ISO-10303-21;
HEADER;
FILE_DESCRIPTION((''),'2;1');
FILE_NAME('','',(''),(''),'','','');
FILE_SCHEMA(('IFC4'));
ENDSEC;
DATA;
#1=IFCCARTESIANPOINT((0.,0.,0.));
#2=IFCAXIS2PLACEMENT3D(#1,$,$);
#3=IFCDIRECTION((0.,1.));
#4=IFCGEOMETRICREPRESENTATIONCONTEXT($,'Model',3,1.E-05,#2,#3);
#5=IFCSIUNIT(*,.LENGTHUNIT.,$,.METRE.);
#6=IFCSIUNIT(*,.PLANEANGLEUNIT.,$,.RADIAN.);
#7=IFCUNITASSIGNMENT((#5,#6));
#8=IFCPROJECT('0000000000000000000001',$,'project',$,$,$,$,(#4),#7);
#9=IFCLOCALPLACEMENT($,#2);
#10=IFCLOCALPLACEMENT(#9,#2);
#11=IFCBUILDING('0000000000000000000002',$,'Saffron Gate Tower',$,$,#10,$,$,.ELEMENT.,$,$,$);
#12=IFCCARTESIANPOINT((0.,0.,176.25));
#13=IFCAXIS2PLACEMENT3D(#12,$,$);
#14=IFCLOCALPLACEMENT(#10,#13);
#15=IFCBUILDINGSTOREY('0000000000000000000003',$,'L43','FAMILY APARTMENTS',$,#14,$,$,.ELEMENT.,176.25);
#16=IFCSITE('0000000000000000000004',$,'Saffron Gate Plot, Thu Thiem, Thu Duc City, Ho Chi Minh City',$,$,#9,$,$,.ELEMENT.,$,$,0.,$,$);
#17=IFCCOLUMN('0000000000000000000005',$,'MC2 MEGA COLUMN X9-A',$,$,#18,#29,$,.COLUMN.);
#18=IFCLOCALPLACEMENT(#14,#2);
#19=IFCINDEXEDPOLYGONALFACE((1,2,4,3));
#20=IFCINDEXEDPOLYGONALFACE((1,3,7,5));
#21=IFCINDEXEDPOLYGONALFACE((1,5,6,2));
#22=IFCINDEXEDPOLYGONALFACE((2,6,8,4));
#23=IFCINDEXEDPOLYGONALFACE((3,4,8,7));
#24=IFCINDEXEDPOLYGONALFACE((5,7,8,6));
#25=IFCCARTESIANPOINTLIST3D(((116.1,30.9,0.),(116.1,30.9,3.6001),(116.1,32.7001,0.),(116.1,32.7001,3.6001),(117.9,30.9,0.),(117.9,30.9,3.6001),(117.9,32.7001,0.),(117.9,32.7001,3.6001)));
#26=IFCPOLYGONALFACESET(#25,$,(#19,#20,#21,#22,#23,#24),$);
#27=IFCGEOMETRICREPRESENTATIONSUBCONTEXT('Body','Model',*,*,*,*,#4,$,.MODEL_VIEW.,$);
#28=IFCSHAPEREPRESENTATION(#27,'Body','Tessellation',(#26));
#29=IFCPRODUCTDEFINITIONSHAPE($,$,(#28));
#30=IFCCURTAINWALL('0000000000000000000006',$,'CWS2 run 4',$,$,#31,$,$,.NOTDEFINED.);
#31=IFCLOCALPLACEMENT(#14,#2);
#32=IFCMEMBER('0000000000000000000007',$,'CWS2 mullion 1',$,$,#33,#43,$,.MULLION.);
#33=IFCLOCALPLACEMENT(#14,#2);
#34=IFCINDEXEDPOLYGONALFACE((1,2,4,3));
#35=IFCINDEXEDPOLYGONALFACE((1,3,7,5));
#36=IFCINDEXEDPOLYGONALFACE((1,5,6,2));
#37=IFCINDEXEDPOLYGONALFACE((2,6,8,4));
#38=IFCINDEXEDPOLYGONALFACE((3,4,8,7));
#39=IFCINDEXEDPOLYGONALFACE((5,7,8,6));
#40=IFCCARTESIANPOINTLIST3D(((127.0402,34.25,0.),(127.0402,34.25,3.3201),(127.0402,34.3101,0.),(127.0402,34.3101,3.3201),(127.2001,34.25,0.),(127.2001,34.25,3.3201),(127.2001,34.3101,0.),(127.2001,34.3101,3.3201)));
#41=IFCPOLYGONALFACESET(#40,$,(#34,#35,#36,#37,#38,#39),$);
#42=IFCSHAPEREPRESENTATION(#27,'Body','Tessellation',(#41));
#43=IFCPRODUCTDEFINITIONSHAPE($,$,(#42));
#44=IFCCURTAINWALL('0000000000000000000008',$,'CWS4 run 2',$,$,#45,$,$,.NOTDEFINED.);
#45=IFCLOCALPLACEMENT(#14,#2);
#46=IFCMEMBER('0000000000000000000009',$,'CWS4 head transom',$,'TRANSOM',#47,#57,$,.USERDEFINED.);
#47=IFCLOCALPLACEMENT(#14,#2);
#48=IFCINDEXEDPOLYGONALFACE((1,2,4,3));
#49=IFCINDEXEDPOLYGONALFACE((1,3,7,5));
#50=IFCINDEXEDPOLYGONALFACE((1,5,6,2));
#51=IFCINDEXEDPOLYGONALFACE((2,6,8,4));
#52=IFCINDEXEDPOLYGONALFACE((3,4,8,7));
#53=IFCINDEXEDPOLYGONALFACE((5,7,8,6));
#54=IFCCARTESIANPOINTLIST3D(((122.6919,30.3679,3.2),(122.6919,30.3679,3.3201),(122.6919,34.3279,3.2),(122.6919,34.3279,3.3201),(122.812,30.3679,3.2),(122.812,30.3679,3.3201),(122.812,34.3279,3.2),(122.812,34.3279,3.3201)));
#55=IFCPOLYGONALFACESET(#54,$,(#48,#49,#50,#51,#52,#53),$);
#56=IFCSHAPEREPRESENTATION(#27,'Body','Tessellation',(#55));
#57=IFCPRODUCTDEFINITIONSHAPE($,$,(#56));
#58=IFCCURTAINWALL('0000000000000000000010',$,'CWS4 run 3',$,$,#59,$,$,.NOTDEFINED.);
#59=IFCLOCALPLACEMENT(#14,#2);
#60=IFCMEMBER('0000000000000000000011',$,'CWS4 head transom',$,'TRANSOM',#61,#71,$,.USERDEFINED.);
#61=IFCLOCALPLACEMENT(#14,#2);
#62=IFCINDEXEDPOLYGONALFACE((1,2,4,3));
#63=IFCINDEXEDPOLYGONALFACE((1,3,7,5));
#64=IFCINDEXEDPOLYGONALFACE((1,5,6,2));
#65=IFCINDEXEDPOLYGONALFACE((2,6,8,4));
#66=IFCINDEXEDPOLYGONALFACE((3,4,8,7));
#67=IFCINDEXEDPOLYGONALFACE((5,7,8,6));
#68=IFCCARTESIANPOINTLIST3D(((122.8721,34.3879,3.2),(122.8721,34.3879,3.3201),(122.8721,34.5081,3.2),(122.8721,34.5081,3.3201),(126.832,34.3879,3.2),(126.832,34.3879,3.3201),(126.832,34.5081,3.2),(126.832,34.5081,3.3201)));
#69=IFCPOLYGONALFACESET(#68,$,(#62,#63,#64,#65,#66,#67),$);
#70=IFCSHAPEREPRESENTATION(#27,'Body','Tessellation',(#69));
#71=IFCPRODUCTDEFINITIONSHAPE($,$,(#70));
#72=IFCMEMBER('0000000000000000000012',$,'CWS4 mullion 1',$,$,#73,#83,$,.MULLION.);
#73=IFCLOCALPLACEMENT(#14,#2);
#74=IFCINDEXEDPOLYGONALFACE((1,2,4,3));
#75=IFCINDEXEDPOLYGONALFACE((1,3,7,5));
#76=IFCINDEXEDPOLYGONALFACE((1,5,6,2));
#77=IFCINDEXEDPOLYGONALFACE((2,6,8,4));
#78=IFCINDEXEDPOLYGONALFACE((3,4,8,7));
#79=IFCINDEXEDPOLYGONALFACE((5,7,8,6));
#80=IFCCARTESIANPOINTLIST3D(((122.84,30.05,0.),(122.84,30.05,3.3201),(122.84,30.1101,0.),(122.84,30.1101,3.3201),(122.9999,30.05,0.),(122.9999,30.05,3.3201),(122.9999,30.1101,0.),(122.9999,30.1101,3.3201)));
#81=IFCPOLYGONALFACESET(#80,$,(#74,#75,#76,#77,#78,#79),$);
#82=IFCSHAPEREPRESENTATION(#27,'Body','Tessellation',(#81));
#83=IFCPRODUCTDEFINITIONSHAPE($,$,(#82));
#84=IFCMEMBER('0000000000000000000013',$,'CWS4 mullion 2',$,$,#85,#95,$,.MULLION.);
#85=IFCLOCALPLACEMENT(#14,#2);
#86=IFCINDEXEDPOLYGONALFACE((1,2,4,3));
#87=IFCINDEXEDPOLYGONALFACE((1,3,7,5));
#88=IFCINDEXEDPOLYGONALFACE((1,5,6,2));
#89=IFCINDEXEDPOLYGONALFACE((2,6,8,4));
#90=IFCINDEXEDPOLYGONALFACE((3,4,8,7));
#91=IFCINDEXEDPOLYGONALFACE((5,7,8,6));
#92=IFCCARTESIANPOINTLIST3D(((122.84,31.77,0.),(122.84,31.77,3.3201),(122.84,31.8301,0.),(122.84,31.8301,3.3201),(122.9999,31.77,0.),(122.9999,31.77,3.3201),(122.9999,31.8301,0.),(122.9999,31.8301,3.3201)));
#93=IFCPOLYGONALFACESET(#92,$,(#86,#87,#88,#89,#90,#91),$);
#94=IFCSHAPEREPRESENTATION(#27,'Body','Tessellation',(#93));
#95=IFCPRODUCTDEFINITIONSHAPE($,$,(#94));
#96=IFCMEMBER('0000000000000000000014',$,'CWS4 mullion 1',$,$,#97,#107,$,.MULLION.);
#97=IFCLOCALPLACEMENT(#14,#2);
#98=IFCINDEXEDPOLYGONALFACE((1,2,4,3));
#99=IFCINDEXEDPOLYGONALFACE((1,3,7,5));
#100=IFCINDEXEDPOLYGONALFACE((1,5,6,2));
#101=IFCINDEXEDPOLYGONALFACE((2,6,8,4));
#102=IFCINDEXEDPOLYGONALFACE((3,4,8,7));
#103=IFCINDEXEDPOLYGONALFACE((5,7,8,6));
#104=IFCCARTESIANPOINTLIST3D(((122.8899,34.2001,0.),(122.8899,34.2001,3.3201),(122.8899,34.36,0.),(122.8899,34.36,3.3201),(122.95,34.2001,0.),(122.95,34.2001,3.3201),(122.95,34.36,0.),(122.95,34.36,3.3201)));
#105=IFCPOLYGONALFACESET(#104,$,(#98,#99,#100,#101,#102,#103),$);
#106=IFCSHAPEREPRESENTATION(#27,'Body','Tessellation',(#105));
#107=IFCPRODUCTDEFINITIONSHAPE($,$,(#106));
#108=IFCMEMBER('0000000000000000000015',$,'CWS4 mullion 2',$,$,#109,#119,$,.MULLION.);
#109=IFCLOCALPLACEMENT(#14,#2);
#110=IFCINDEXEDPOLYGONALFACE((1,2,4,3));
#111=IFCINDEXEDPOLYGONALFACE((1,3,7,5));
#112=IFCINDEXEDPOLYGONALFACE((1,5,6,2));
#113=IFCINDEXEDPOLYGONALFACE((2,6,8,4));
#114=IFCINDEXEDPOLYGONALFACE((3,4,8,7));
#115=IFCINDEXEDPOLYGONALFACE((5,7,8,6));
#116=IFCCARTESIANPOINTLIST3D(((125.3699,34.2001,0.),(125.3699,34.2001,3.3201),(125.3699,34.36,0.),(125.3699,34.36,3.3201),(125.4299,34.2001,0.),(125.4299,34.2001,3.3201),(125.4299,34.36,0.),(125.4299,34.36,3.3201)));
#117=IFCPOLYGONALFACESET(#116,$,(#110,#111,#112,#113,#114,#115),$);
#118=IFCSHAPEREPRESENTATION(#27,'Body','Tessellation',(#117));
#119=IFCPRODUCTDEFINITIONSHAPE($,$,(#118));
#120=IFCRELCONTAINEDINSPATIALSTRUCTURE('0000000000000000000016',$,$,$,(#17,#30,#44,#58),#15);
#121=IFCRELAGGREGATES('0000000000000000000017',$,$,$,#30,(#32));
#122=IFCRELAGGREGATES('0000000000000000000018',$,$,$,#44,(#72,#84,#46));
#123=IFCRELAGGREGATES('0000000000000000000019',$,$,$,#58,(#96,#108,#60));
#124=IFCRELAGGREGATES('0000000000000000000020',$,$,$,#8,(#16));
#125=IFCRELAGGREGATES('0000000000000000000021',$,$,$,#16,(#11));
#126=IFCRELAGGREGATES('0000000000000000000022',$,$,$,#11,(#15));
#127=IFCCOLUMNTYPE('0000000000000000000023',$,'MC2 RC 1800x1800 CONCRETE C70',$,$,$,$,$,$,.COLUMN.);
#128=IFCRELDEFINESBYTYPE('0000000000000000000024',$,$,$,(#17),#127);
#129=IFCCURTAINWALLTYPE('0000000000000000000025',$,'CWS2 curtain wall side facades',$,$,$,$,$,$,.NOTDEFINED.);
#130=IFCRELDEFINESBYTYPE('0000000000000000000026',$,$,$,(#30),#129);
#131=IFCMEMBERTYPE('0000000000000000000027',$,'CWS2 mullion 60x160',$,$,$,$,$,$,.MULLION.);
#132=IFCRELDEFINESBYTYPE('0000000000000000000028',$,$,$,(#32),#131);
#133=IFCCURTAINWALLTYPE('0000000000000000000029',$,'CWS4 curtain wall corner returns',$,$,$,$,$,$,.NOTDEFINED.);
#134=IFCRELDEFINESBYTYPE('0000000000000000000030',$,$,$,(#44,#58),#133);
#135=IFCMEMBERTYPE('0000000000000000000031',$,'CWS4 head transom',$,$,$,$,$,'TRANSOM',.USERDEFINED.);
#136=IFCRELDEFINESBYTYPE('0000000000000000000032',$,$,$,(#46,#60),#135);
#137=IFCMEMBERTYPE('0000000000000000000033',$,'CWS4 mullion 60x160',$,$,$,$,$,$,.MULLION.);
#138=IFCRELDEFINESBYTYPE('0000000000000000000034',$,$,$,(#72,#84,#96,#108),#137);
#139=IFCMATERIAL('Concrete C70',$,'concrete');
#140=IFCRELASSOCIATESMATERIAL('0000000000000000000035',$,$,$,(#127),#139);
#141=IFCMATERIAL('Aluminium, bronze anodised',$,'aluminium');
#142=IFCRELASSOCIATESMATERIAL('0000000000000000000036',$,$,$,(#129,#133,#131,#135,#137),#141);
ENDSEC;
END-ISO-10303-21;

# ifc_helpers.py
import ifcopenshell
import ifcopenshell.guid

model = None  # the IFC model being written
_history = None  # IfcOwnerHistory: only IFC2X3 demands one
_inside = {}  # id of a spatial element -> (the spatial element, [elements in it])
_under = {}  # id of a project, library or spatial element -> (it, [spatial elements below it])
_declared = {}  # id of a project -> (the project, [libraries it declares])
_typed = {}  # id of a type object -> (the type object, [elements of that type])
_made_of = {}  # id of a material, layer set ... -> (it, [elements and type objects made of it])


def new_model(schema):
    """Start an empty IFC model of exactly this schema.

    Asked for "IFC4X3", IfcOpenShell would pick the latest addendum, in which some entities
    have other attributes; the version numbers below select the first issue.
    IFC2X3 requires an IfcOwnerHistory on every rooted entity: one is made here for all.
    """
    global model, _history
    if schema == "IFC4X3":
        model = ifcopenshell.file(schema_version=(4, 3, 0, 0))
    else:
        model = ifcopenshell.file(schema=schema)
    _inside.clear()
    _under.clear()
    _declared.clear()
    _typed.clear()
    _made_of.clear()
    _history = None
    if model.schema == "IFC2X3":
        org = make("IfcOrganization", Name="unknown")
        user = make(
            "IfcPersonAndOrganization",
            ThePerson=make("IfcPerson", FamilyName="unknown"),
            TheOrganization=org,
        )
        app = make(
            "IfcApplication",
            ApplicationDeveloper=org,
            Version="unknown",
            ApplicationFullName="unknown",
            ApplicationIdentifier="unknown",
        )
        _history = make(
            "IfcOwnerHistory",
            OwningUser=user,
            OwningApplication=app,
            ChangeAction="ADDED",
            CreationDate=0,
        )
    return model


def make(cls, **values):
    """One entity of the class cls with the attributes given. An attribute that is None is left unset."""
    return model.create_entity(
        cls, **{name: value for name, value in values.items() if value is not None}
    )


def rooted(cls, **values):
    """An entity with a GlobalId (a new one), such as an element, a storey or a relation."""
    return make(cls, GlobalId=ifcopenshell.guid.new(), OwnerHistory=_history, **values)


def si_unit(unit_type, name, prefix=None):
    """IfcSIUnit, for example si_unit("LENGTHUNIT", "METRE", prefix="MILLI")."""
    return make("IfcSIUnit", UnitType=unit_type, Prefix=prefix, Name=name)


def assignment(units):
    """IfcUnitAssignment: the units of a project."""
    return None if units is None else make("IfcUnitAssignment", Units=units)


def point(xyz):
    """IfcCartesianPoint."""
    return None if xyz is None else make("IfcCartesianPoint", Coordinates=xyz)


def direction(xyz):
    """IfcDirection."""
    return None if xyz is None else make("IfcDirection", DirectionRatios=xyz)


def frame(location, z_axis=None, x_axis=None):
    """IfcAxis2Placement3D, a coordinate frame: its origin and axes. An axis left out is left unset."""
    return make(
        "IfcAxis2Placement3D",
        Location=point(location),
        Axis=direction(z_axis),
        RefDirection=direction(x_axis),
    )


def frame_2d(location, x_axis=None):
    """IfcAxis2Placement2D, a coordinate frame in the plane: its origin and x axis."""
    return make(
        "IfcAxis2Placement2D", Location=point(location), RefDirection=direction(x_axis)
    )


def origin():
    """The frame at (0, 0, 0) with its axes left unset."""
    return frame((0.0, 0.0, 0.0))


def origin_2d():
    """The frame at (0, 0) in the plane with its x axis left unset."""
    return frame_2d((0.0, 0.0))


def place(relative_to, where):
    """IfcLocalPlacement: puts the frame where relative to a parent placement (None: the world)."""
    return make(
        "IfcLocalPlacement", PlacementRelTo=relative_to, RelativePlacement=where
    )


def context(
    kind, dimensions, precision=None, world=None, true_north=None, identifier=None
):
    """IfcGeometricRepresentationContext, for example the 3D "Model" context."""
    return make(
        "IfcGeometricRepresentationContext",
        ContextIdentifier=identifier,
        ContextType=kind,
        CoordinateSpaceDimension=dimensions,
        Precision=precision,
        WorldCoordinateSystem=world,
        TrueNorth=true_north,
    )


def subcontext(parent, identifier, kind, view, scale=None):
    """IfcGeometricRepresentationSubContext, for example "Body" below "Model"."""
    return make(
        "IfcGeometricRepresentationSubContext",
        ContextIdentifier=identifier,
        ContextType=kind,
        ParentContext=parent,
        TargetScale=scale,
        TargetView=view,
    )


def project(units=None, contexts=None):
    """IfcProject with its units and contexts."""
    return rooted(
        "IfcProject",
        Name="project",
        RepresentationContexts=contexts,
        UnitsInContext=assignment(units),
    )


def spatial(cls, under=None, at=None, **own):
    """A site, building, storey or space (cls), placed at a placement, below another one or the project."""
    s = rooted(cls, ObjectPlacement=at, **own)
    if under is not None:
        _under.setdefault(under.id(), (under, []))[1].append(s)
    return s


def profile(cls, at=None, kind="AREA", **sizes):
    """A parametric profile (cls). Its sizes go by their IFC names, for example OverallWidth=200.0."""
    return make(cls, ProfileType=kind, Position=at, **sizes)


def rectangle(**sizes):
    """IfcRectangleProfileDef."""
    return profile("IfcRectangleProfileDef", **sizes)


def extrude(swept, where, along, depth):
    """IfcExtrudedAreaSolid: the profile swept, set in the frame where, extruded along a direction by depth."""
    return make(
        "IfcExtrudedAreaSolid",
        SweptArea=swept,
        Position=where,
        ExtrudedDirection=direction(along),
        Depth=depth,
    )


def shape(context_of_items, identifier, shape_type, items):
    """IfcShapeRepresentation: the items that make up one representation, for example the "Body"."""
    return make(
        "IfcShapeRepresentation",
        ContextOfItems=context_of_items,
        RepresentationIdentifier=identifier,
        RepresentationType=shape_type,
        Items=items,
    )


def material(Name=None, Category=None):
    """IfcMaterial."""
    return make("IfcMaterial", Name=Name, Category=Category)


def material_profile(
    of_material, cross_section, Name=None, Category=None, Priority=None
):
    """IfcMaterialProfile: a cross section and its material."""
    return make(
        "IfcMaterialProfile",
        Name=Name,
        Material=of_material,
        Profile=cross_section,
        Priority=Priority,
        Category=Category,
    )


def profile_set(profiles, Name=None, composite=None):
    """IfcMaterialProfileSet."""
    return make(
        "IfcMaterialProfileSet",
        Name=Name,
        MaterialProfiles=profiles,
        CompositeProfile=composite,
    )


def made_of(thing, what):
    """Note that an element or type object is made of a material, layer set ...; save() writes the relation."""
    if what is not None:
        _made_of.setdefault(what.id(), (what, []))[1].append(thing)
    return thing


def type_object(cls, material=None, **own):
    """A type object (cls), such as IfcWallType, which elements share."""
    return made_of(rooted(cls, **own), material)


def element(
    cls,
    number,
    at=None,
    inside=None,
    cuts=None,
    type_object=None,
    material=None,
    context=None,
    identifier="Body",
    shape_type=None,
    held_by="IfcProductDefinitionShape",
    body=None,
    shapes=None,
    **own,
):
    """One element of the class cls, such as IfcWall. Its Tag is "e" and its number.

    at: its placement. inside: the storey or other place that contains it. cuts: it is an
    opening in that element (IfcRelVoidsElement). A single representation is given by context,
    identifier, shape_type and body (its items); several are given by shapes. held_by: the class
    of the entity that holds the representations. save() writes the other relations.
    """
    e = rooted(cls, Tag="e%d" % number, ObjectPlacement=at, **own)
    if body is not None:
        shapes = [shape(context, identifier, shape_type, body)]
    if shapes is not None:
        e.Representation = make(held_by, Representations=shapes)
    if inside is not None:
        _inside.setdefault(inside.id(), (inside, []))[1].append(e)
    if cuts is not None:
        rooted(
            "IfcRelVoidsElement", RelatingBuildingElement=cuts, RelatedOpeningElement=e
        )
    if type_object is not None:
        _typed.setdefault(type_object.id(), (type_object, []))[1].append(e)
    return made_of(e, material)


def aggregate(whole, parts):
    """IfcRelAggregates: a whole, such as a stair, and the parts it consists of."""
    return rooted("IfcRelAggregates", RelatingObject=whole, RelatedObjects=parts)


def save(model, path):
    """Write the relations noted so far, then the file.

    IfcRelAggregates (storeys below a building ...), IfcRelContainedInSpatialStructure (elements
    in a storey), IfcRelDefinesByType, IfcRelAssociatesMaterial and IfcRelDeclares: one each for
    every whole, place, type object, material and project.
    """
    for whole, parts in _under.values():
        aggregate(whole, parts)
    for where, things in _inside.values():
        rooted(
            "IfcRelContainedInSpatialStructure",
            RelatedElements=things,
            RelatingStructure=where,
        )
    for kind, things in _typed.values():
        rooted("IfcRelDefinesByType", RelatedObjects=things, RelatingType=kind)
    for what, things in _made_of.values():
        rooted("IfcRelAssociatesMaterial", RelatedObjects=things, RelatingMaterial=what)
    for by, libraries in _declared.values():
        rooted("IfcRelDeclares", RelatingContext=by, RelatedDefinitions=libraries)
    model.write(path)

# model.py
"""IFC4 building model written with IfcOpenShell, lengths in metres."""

from ifc_helpers import new_model, si_unit, direction, frame, origin, origin_2d, place, context, subcontext, project, spatial, rectangle, extrude, material, material_profile, profile_set, type_object, element, aggregate, save


model = new_model("IFC4")

# Units and contexts
model_context = context("Model", 3, precision=1e-05, world=origin(), true_north=direction((0.0, 1.0)))
body_context = subcontext(model_context, "Body", "Model", "MODEL_VIEW")
ifc_project = project(units=[si_unit("LENGTHUNIT", "METRE"), si_unit("PLANEANGLEUNIT", "RADIAN")], contexts=[model_context])

# Site, building, storey
site_placement = place(None, origin())
site = spatial("IfcSite", under=ifc_project, at=site_placement, Name="Saffron Gate Plot, Thu Thiem, Thu Duc City, Ho Chi Minh City", CompositionType="ELEMENT", RefElevation=0.0)
building_placement = place(site_placement, origin())
building = spatial("IfcBuilding", under=site, at=building_placement, Name="Saffron Gate Tower", CompositionType="ELEMENT")
storey_placement = place(building_placement, frame((0.0, 0.0, 176.25)))
storey = spatial("IfcBuildingStorey", under=building, at=storey_placement, Name="L43", Description="FAMILY APARTMENTS", CompositionType="ELEMENT", Elevation=176.25)

# Column
ifc_material_1 = material(Name="Concrete C70", Category="concrete")
ifc_material_profile_1 = material_profile(ifc_material_1, rectangle(XDim=1.8, YDim=1.8, at=origin_2d()))
ifc_profile_set_1 = profile_set([ifc_material_profile_1], Name="Concrete C70")
column_type = type_object("IfcColumnType", Name="MC2 RC 1800x1800 CONCRETE C70", PredefinedType="COLUMN", material=ifc_profile_set_1)
column_placement = place(storey_placement, frame((117.0, 31.8, 0.0), z_axis=(0.0, 0.0, 1.0), x_axis=(1.0, 0.0, 0.0)))
element("IfcColumn", 1, at=column_placement, inside=storey, type_object=column_type, Name="MC2 MEGA COLUMN X9-A", PredefinedType="COLUMN", context=body_context, shape_type="SweptSolid", body=[
    extrude(rectangle(XDim=1.8, YDim=1.8, at=origin_2d()), origin(), (0.0, 0.0, 1.0), 3.6001),
])

# Curtain walls, members
ifc_material_2 = material(Name="Aluminium, bronze anodised", Category="aluminium")
curtain_wall_type_1 = type_object("IfcCurtainWallType", Name="CWS2 curtain wall side facades", PredefinedType="NOTDEFINED", material=ifc_material_2)
curtain_wall_1_placement = place(storey_placement, origin())
curtain_wall_1 = element("IfcCurtainWall", 2, at=curtain_wall_1_placement, inside=storey, type_object=curtain_wall_type_1, Name="CWS2 run 4", PredefinedType="NOTDEFINED")
ifc_material_profile_2 = material_profile(ifc_material_2, rectangle(XDim=0.1599, YDim=0.0601, at=origin_2d()))
ifc_profile_set_2 = profile_set([ifc_material_profile_2], Name="Aluminium, bronze anodised")
member_type_1 = type_object("IfcMemberType", Name="CWS2 mullion 60x160", PredefinedType="MULLION", material=ifc_profile_set_2)
member_1_placement = place(storey_placement, frame((127.1201, 34.28, 0.0), z_axis=(0.0, 0.0, 1.0), x_axis=(-1.0, 0.0, 0.0)))
member_1 = element("IfcMember", 3, at=member_1_placement, type_object=member_type_1, Name="CWS2 mullion 1", PredefinedType="MULLION", context=body_context, shape_type="SweptSolid", body=[
    extrude(rectangle(XDim=0.1599, YDim=0.0601, at=origin_2d()), origin(), (0.0, 0.0, 1.0), 3.3201),
])
curtain_wall_type_2 = type_object("IfcCurtainWallType", Name="CWS4 curtain wall corner returns", PredefinedType="NOTDEFINED", material=ifc_material_2)
curtain_wall_2_placement = place(storey_placement, origin())
curtain_wall_2 = element("IfcCurtainWall", 4, at=curtain_wall_2_placement, inside=storey, type_object=curtain_wall_type_2, Name="CWS4 run 2", PredefinedType="NOTDEFINED")
ifc_material_profile_3 = material_profile(ifc_material_2, rectangle(XDim=0.1201, YDim=0.1201, at=origin_2d()))
ifc_profile_set_3 = profile_set([ifc_material_profile_3], Name="Aluminium, bronze anodised")
member_type_2 = type_object("IfcMemberType", Name="CWS4 head transom", ElementType="TRANSOM", PredefinedType="USERDEFINED", material=ifc_profile_set_3)
member_2_placement = place(storey_placement, frame((122.752, 30.3679, 3.26), z_axis=(0.0, 1.0, 0.0), x_axis=(-1.0, 0.0, 0.0)))
member_2 = element("IfcMember", 5, at=member_2_placement, type_object=member_type_2, Name="CWS4 head transom", ObjectType="TRANSOM", PredefinedType="USERDEFINED", context=body_context, shape_type="SweptSolid", body=[
    extrude(rectangle(XDim=0.1201, YDim=0.1201, at=origin_2d()), origin(), (0.0, 0.0, 1.0), 3.96),
])
curtain_wall_3_placement = place(storey_placement, origin())
curtain_wall_3 = element("IfcCurtainWall", 6, at=curtain_wall_3_placement, inside=storey, type_object=curtain_wall_type_2, Name="CWS4 run 3", PredefinedType="NOTDEFINED")
member_3_placement = place(storey_placement, frame((122.8721, 34.448, 3.26), z_axis=(1.0, 0.0, 0.0), x_axis=(0.0, 1.0, 0.0)))
member_3 = element("IfcMember", 7, at=member_3_placement, type_object=member_type_2, Name="CWS4 head transom", ObjectType="TRANSOM", PredefinedType="USERDEFINED", context=body_context, shape_type="SweptSolid", body=[
    extrude(rectangle(XDim=0.1201, YDim=0.1201, at=origin_2d()), origin(), (0.0, 0.0, 1.0), 3.96),
])

# Members
ifc_material_profile_4 = material_profile(ifc_material_2, rectangle(XDim=0.1599, YDim=0.0601, at=origin_2d()))
ifc_profile_set_4 = profile_set([ifc_material_profile_4], Name="Aluminium, bronze anodised")
member_type_3 = type_object("IfcMemberType", Name="CWS4 mullion 60x160", PredefinedType="MULLION", material=ifc_profile_set_4)
member_4_placement = place(storey_placement, frame((122.9199, 30.0801, 0.0), z_axis=(0.0, 0.0, 1.0), x_axis=(-1.0, 0.0, 0.0)))
member_4 = element("IfcMember", 8, at=member_4_placement, type_object=member_type_3, Name="CWS4 mullion 1", PredefinedType="MULLION", context=body_context, shape_type="SweptSolid", body=[
    extrude(rectangle(XDim=0.1599, YDim=0.0601, at=origin_2d()), origin(), (0.0, 0.0, 1.0), 3.3201),
])
member_5_placement = place(storey_placement, frame((122.9199, 31.8, 0.0), z_axis=(0.0, 0.0, 1.0), x_axis=(-1.0, 0.0, 0.0)))
member_5 = element("IfcMember", 9, at=member_5_placement, type_object=member_type_3, Name="CWS4 mullion 2", PredefinedType="MULLION", context=body_context, shape_type="SweptSolid", body=[
    extrude(rectangle(XDim=0.1599, YDim=0.0601, at=origin_2d()), origin(), (0.0, 0.0, 1.0), 3.3201),
])
member_6_placement = place(storey_placement, frame((122.9199, 34.28, 0.0), z_axis=(0.0, 0.0, 1.0), x_axis=(0.0, 1.0, 0.0)))
member_6 = element("IfcMember", 10, at=member_6_placement, type_object=member_type_3, Name="CWS4 mullion 1", PredefinedType="MULLION", context=body_context, shape_type="SweptSolid", body=[
    extrude(rectangle(XDim=0.1599, YDim=0.0601, at=origin_2d()), origin(), (0.0, 0.0, 1.0), 3.3201),
])
member_7_placement = place(storey_placement, frame((125.3999, 34.28, 0.0), z_axis=(0.0, 0.0, 1.0), x_axis=(0.0, 1.0, 0.0)))
member_7 = element("IfcMember", 11, at=member_7_placement, type_object=member_type_3, Name="CWS4 mullion 2", PredefinedType="MULLION", context=body_context, shape_type="SweptSolid", body=[
    extrude(rectangle(XDim=0.1599, YDim=0.0601, at=origin_2d()), origin(), (0.0, 0.0, 1.0), 3.3201),
])

aggregate(curtain_wall_1, [member_1])

aggregate(curtain_wall_2, [member_4, member_5, member_2])
aggregate(curtain_wall_3, [member_6, member_7, member_3])

save(model, "model.ifc")
